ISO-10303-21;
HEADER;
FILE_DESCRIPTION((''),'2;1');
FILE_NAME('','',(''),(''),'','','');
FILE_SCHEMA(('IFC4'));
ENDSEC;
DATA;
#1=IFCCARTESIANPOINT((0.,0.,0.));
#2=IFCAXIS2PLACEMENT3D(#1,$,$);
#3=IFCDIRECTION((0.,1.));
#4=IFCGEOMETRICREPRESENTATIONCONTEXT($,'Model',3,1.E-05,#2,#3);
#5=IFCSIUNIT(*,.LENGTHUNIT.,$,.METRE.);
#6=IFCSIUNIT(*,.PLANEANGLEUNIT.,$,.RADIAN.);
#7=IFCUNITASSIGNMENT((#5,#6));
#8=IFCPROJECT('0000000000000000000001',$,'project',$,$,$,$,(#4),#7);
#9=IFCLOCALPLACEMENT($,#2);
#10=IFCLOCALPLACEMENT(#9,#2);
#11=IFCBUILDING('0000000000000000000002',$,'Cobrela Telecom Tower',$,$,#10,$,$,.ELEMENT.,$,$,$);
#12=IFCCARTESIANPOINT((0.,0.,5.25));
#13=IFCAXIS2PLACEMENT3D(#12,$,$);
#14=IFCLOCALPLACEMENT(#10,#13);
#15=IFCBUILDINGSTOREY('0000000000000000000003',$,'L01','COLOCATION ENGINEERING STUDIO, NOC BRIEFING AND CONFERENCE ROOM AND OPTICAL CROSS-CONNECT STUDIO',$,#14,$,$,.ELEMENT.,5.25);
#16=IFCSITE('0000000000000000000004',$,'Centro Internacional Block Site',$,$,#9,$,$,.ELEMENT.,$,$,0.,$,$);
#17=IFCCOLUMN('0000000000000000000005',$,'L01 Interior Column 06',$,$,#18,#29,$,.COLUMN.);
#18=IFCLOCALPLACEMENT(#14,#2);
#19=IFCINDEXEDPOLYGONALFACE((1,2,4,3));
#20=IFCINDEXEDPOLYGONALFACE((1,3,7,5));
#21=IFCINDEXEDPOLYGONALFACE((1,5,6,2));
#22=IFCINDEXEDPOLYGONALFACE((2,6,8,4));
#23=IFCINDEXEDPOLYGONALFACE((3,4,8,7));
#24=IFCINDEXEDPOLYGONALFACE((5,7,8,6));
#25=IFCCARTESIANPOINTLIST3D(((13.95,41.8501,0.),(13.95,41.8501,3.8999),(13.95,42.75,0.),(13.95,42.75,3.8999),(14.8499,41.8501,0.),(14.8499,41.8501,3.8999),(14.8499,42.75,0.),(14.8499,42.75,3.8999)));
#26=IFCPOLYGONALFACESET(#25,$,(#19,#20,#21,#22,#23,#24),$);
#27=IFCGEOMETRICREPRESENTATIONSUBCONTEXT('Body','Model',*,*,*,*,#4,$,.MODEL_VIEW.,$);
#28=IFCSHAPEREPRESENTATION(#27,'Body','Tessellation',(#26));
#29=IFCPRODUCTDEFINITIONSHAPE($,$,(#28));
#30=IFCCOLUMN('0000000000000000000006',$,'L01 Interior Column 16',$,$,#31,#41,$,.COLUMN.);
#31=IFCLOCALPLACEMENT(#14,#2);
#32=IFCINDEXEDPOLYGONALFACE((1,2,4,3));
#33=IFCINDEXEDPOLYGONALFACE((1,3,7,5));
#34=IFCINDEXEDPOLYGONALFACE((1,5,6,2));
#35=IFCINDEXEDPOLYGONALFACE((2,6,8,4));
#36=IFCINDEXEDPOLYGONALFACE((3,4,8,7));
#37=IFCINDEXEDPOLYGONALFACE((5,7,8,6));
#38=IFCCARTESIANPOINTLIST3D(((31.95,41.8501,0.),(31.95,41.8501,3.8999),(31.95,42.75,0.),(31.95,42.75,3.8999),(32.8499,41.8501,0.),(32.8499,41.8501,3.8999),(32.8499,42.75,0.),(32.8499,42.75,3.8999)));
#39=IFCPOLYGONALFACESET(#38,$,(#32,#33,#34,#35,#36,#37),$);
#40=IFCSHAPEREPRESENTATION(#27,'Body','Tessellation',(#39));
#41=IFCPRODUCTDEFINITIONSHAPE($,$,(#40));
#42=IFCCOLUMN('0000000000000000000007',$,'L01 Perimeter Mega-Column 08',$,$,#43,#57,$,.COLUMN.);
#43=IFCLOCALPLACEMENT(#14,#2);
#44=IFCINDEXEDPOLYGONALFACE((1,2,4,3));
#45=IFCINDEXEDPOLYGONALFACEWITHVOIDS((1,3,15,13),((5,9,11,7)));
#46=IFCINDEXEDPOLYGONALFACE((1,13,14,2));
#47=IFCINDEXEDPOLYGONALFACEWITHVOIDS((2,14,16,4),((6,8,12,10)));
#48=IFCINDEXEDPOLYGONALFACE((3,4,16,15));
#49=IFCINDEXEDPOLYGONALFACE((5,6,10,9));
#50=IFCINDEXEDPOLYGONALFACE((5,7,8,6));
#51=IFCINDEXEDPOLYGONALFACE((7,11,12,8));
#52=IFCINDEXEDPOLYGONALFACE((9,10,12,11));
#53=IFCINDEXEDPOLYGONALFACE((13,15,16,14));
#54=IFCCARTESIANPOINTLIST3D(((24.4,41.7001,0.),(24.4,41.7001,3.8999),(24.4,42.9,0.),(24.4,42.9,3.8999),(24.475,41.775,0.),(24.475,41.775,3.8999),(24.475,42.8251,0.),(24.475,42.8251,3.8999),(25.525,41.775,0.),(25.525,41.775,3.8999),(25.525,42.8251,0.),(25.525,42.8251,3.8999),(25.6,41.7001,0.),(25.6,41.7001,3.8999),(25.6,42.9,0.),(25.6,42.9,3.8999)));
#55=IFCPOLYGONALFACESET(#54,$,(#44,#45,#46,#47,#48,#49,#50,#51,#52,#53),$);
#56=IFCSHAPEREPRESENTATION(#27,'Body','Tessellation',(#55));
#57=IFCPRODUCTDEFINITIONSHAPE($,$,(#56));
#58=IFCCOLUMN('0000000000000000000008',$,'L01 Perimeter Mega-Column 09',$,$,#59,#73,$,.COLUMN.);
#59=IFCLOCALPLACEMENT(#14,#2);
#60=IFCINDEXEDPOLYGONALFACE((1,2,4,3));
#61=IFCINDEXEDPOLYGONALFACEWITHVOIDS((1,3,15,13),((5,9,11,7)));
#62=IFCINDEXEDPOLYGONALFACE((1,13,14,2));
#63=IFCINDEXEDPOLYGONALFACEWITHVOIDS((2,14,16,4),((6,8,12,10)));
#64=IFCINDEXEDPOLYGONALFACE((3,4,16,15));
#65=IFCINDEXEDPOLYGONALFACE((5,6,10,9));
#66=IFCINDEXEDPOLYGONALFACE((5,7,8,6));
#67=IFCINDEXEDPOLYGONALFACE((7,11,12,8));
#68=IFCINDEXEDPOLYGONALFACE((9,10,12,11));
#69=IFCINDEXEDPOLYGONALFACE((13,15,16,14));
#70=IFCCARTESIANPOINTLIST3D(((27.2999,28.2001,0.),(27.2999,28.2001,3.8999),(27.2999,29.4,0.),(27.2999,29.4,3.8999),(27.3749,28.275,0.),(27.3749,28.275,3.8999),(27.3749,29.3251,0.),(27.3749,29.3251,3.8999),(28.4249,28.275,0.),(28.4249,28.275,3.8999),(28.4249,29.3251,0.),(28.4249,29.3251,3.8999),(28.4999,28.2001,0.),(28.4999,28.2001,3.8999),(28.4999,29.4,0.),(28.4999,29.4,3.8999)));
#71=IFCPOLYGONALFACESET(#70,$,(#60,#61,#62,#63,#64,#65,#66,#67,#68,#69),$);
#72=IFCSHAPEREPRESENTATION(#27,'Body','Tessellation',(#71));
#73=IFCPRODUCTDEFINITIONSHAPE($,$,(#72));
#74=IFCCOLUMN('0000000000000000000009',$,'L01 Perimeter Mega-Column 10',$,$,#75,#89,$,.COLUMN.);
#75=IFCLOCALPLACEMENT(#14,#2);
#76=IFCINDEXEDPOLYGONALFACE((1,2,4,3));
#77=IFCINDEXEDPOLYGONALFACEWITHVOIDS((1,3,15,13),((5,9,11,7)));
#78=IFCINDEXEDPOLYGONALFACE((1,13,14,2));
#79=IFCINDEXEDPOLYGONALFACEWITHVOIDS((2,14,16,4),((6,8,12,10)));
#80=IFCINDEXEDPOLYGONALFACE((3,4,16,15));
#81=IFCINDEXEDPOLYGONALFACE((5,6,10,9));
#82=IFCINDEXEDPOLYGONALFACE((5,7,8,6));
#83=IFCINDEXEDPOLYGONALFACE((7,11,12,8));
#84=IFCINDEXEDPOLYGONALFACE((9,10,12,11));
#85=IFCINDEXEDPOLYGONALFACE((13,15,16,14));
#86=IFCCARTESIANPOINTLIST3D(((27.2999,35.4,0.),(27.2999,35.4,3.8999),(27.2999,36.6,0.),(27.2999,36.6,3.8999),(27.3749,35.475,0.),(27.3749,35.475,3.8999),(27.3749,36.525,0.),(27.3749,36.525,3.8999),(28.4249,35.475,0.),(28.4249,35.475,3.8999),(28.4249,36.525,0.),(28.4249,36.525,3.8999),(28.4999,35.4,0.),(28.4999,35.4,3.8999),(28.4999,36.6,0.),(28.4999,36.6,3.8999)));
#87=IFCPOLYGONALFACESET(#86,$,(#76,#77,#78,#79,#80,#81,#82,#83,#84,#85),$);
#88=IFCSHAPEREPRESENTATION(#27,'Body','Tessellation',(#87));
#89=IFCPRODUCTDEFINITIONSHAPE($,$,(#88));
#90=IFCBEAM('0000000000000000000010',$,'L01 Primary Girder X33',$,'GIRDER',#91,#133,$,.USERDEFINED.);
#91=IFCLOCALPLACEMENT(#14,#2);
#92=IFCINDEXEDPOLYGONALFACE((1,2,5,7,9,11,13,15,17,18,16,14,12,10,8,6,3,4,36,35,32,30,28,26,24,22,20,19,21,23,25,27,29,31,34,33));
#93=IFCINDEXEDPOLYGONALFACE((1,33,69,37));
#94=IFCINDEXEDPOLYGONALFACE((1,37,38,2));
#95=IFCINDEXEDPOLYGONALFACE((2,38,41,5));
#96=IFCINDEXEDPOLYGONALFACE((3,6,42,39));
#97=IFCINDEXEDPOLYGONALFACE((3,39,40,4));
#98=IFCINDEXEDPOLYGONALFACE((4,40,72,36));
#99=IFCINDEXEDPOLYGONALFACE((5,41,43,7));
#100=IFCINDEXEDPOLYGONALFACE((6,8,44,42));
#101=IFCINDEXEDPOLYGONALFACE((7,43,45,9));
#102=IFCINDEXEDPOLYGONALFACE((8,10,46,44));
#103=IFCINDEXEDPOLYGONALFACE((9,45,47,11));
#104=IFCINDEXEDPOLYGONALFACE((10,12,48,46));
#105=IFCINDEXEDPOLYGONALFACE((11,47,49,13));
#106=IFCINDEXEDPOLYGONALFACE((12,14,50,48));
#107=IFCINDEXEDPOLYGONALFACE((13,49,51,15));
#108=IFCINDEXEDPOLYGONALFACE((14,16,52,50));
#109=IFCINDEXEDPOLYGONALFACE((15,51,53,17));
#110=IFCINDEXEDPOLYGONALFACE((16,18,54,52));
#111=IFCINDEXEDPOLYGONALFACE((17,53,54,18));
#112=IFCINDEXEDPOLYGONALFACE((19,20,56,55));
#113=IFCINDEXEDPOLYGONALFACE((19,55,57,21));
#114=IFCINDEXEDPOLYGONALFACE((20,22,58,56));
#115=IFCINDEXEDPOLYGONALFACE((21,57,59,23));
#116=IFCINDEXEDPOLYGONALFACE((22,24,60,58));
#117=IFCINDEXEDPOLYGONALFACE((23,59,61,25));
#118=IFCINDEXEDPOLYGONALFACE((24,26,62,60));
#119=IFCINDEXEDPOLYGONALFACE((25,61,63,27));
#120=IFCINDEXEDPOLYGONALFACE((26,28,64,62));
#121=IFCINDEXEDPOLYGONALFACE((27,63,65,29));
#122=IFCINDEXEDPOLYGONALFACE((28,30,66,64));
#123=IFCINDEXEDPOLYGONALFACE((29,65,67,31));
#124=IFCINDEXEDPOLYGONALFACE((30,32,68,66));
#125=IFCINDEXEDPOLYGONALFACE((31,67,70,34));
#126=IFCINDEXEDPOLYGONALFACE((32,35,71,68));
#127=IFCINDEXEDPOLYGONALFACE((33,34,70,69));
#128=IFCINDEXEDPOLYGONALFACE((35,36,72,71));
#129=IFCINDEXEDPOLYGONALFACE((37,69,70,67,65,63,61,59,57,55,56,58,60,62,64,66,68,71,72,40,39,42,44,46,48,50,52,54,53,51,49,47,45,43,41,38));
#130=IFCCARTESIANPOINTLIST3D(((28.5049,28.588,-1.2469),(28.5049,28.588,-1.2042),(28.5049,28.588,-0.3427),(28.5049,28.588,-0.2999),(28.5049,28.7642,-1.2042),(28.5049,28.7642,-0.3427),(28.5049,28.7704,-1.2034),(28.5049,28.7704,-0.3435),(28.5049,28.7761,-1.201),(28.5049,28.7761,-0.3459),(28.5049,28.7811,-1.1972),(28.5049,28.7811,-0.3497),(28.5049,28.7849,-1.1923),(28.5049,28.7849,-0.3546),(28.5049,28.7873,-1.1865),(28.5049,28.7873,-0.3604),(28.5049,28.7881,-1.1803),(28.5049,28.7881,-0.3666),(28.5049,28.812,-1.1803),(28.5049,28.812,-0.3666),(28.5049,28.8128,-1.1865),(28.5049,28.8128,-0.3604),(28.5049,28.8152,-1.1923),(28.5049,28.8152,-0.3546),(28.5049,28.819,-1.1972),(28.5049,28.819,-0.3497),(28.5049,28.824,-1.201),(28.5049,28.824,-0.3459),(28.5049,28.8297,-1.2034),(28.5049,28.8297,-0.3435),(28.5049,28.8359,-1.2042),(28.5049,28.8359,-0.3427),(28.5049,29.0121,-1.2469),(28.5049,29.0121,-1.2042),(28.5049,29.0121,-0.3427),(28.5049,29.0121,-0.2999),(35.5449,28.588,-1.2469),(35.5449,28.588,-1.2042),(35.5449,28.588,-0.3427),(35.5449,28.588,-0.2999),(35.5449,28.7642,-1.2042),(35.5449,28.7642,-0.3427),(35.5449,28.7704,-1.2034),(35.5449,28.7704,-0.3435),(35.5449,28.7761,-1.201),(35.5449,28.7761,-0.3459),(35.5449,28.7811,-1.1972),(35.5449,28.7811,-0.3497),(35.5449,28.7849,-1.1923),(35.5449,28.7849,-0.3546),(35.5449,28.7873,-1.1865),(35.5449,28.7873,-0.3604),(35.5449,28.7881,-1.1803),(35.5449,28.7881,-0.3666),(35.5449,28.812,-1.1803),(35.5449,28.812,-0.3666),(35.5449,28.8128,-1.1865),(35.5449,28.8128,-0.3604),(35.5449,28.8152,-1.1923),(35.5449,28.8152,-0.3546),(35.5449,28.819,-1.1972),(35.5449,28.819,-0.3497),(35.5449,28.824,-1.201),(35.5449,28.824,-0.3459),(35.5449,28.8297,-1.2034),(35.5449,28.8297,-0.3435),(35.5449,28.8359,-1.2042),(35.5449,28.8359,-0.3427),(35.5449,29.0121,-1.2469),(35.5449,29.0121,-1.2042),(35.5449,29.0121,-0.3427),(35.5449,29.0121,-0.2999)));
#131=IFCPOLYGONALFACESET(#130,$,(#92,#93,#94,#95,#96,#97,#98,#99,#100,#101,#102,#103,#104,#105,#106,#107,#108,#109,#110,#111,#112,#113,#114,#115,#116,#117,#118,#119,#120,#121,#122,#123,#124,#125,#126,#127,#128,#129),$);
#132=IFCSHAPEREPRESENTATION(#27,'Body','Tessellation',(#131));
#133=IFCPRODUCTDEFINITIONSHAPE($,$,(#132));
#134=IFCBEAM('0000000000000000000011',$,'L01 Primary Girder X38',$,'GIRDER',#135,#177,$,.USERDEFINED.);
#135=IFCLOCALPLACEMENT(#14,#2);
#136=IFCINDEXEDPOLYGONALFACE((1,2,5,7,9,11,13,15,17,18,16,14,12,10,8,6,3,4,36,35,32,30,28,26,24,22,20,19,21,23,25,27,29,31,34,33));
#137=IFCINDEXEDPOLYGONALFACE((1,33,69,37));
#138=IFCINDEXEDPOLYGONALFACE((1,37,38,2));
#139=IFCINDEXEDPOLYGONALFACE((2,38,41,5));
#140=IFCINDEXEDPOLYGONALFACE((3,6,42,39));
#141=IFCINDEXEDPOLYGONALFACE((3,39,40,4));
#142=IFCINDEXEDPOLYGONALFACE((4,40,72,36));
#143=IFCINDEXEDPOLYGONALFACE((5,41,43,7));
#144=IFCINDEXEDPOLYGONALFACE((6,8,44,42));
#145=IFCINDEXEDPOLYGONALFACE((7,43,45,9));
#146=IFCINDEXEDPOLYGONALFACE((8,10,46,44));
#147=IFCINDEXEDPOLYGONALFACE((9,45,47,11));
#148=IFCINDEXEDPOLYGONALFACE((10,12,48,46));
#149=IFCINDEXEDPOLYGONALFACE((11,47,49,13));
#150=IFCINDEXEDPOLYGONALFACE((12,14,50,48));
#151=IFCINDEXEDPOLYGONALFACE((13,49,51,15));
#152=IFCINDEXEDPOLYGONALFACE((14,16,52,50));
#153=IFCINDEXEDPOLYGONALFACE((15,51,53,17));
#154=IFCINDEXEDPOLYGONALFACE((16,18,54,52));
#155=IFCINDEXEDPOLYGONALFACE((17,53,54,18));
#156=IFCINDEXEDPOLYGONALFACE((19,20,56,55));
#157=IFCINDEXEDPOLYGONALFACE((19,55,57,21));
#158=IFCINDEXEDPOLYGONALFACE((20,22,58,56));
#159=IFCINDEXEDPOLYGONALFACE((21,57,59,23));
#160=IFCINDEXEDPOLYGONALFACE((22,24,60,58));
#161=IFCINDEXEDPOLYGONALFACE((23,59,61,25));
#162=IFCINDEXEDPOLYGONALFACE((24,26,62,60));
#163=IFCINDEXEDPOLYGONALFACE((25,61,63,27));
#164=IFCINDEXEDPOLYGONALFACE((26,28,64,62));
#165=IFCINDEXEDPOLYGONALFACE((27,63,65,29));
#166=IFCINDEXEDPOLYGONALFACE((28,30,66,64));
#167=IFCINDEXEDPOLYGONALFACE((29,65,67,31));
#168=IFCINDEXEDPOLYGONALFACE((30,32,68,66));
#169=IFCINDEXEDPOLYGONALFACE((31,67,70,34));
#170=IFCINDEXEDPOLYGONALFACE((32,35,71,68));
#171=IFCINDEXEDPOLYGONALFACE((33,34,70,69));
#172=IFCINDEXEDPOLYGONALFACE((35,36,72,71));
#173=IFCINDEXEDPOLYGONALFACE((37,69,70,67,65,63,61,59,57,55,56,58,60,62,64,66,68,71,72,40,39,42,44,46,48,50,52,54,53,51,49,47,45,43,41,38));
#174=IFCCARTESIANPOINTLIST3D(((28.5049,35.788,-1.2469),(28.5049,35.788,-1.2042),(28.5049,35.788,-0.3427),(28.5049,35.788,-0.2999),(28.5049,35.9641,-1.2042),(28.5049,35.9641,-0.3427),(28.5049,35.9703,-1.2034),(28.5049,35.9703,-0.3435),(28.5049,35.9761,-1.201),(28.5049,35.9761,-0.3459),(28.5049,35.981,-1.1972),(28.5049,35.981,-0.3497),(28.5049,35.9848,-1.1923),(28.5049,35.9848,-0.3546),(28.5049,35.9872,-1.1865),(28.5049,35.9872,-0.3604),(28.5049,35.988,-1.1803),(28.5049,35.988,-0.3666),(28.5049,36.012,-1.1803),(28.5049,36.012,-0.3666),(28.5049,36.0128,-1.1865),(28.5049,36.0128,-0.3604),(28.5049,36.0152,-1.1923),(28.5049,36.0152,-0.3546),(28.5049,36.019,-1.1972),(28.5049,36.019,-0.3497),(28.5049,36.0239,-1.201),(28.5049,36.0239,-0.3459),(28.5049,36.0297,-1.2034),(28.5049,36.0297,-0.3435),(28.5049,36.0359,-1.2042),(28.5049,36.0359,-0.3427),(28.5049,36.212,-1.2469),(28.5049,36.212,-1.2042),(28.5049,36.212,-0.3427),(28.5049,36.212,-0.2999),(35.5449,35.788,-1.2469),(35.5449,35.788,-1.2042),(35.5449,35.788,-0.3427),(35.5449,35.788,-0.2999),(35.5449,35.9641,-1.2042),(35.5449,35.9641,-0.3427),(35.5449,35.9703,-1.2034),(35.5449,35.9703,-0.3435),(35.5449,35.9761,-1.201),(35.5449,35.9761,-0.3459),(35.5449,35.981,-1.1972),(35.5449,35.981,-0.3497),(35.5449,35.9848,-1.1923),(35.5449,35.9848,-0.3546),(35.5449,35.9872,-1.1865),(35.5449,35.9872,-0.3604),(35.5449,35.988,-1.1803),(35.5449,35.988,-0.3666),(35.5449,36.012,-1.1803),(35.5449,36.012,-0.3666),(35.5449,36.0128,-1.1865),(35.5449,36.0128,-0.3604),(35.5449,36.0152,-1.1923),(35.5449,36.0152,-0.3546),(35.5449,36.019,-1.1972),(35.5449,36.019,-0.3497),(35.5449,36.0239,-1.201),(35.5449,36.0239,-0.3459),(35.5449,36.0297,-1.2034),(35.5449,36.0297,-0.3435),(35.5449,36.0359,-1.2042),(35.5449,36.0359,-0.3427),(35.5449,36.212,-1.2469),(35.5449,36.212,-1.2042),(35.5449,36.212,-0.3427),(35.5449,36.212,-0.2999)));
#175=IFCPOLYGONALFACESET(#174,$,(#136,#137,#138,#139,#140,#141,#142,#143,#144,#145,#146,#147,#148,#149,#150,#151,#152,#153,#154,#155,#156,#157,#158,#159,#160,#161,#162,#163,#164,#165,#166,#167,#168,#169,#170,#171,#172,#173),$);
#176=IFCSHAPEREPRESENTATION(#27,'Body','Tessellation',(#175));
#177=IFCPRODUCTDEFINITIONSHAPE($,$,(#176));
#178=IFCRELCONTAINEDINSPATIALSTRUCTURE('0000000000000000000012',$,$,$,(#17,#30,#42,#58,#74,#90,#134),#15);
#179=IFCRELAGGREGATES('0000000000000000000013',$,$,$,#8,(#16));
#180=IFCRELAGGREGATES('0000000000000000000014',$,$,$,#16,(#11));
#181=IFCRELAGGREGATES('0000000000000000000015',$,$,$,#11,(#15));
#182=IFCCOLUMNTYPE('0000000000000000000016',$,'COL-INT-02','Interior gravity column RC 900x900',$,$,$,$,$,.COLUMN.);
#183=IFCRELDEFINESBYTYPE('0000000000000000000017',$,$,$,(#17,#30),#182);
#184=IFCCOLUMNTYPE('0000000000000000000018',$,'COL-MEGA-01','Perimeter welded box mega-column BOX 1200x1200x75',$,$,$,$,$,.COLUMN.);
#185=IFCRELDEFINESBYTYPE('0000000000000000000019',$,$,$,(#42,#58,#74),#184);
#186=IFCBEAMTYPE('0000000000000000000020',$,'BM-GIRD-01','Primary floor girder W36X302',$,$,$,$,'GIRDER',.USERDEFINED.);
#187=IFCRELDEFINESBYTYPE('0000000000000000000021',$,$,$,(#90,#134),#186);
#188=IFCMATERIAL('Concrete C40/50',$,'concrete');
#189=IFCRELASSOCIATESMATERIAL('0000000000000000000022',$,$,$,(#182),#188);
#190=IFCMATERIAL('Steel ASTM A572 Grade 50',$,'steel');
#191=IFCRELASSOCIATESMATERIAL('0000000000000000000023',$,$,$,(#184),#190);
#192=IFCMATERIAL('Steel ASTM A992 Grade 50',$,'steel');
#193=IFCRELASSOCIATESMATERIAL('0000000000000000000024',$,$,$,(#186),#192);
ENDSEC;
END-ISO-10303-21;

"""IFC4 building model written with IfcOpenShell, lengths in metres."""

from ifc_helpers import new_model, si_unit, direction, frame, origin, origin_2d, place, context, subcontext, project, spatial, rectangle, hollow_rectangle, i_section, extrude, material, material_profile, profile_set, type_object, element, save


model = new_model("IFC4")

# Units and contexts
model_context = context("Model", 3, precision=1e-05, world=origin(), true_north=direction((0.0, 1.0)))
body_context = subcontext(model_context, "Body", "Model", "MODEL_VIEW")
ifc_project = project(units=[si_unit("LENGTHUNIT", "METRE"), si_unit("PLANEANGLEUNIT", "RADIAN")], contexts=[model_context])

# Site, building, storey
site_placement = place(None, origin())
site = spatial("IfcSite", under=ifc_project, at=site_placement, Name="Centro Internacional Block Site", CompositionType="ELEMENT", RefElevation=0.0)
building_placement = place(site_placement, origin())
building = spatial("IfcBuilding", under=site, at=building_placement, Name="Cobrela Telecom Tower", CompositionType="ELEMENT")
storey_placement = place(building_placement, frame((0.0, 0.0, 5.25)))
storey = spatial("IfcBuildingStorey", under=building, at=storey_placement, Name="L01", Description="COLOCATION ENGINEERING STUDIO, NOC BRIEFING AND CONFERENCE ROOM AND OPTICAL CROSS-CONNECT STUDIO", CompositionType="ELEMENT", Elevation=5.25)

# Columns
ifc_material_1 = material(Name="Concrete C40/50", Category="concrete")
ifc_material_profile_1 = material_profile(ifc_material_1, rectangle(XDim=0.8999, YDim=0.8999, at=origin_2d()), Name="RC 900x900")
ifc_profile_set_1 = profile_set([ifc_material_profile_1], Name="Concrete C40/50")
column_type_1 = type_object("IfcColumnType", Name="COL-INT-02", Description="Interior gravity column RC 900x900", PredefinedType="COLUMN", material=ifc_profile_set_1)
for number, where, z_axis, x_axis, name in (
    (1, (14.3999, 42.3, 0.0), (0.0, 0.0, 1.0), (1.0, 0.0, 0.0), "L01 Interior Column 06"),
    (2, (32.3999, 42.3, 0.0), (0.0, 0.0, 1.0), (1.0, 0.0, 0.0), "L01 Interior Column 16"),
):
    element("IfcColumn", number, at=place(storey_placement, frame(where, z_axis=z_axis, x_axis=x_axis)), inside=storey, type_object=column_type_1, Name=name, PredefinedType="COLUMN", context=body_context, shape_type="SweptSolid", body=[
        extrude(rectangle(XDim=0.8999, YDim=0.8999, at=origin_2d()), origin(), (0.0, 0.0, 1.0), 3.8999),
    ])
ifc_material_2 = material(Name="Steel ASTM A572 Grade 50", Category="steel")
ifc_material_profile_2 = material_profile(ifc_material_2, hollow_rectangle(XDim=1.2, YDim=1.2, WallThickness=0.075, at=origin_2d()), Name="BOX 1200x1200x75")
ifc_profile_set_2 = profile_set([ifc_material_profile_2], Name="Steel ASTM A572 Grade 50")
column_type_2 = type_object("IfcColumnType", Name="COL-MEGA-01", Description="Perimeter welded box mega-column BOX 1200x1200x75", PredefinedType="COLUMN", material=ifc_profile_set_2)
for number, where, z_axis, x_axis, name in (
    (3, (25.0, 42.3, 0.0), (0.0, 0.0, 1.0), (1.0, 0.0, 0.0), "L01 Perimeter Mega-Column 08"),
    (4, (27.8999, 28.8, 0.0), (0.0, 0.0, 1.0), (1.0, 0.0, 0.0), "L01 Perimeter Mega-Column 09"),
    (5, (27.8999, 36.0, 0.0), (0.0, 0.0, 1.0), (1.0, 0.0, 0.0), "L01 Perimeter Mega-Column 10"),
):
    element("IfcColumn", number, at=place(storey_placement, frame(where, z_axis=z_axis, x_axis=x_axis)), inside=storey, type_object=column_type_2, Name=name, PredefinedType="COLUMN", context=body_context, shape_type="SweptSolid", body=[
        extrude(hollow_rectangle(XDim=1.2, YDim=1.2, WallThickness=0.075, at=origin_2d()), origin(), (0.0, 0.0, 1.0), 3.8999),
    ])

# Beams
ifc_material_3 = material(Name="Steel ASTM A992 Grade 50", Category="steel")
ifc_material_profile_3 = material_profile(ifc_material_3, i_section(OverallWidth=0.4241, OverallDepth=0.947, WebThickness=0.0239, FlangeThickness=0.0427, FilletRadius=0.0239, at=origin_2d()), Name="W36X302")
ifc_profile_set_3 = profile_set([ifc_material_profile_3], Name="Steel ASTM A992 Grade 50")
beam_type_1 = type_object("IfcBeamType", Name="BM-GIRD-01", Description="Primary floor girder W36X302", ElementType="GIRDER", PredefinedType="USERDEFINED", material=ifc_profile_set_3)
for number, where, z_axis, x_axis, name in (
    (6, (28.5049, 28.8, -0.7734), (1.0, 0.0, 0.0), (0.0, 1.0, 0.0), "L01 Primary Girder X33"),
    (7, (28.5049, 36.0, -0.7734), (1.0, 0.0, 0.0), (0.0, 1.0, 0.0), "L01 Primary Girder X38"),
):
    element("IfcBeam", number, at=place(storey_placement, frame(where, z_axis=z_axis, x_axis=x_axis)), inside=storey, type_object=beam_type_1, Name=name, ObjectType="GIRDER", PredefinedType="USERDEFINED", context=body_context, shape_type="SweptSolid", body=[
        extrude(i_section(OverallWidth=0.4241, OverallDepth=0.947, WebThickness=0.0239, FlangeThickness=0.0427, FilletRadius=0.0239, at=origin_2d()), origin(), (0.0, 0.0, 1.0), 7.04),
    ])

save(model, "model.ifc")
